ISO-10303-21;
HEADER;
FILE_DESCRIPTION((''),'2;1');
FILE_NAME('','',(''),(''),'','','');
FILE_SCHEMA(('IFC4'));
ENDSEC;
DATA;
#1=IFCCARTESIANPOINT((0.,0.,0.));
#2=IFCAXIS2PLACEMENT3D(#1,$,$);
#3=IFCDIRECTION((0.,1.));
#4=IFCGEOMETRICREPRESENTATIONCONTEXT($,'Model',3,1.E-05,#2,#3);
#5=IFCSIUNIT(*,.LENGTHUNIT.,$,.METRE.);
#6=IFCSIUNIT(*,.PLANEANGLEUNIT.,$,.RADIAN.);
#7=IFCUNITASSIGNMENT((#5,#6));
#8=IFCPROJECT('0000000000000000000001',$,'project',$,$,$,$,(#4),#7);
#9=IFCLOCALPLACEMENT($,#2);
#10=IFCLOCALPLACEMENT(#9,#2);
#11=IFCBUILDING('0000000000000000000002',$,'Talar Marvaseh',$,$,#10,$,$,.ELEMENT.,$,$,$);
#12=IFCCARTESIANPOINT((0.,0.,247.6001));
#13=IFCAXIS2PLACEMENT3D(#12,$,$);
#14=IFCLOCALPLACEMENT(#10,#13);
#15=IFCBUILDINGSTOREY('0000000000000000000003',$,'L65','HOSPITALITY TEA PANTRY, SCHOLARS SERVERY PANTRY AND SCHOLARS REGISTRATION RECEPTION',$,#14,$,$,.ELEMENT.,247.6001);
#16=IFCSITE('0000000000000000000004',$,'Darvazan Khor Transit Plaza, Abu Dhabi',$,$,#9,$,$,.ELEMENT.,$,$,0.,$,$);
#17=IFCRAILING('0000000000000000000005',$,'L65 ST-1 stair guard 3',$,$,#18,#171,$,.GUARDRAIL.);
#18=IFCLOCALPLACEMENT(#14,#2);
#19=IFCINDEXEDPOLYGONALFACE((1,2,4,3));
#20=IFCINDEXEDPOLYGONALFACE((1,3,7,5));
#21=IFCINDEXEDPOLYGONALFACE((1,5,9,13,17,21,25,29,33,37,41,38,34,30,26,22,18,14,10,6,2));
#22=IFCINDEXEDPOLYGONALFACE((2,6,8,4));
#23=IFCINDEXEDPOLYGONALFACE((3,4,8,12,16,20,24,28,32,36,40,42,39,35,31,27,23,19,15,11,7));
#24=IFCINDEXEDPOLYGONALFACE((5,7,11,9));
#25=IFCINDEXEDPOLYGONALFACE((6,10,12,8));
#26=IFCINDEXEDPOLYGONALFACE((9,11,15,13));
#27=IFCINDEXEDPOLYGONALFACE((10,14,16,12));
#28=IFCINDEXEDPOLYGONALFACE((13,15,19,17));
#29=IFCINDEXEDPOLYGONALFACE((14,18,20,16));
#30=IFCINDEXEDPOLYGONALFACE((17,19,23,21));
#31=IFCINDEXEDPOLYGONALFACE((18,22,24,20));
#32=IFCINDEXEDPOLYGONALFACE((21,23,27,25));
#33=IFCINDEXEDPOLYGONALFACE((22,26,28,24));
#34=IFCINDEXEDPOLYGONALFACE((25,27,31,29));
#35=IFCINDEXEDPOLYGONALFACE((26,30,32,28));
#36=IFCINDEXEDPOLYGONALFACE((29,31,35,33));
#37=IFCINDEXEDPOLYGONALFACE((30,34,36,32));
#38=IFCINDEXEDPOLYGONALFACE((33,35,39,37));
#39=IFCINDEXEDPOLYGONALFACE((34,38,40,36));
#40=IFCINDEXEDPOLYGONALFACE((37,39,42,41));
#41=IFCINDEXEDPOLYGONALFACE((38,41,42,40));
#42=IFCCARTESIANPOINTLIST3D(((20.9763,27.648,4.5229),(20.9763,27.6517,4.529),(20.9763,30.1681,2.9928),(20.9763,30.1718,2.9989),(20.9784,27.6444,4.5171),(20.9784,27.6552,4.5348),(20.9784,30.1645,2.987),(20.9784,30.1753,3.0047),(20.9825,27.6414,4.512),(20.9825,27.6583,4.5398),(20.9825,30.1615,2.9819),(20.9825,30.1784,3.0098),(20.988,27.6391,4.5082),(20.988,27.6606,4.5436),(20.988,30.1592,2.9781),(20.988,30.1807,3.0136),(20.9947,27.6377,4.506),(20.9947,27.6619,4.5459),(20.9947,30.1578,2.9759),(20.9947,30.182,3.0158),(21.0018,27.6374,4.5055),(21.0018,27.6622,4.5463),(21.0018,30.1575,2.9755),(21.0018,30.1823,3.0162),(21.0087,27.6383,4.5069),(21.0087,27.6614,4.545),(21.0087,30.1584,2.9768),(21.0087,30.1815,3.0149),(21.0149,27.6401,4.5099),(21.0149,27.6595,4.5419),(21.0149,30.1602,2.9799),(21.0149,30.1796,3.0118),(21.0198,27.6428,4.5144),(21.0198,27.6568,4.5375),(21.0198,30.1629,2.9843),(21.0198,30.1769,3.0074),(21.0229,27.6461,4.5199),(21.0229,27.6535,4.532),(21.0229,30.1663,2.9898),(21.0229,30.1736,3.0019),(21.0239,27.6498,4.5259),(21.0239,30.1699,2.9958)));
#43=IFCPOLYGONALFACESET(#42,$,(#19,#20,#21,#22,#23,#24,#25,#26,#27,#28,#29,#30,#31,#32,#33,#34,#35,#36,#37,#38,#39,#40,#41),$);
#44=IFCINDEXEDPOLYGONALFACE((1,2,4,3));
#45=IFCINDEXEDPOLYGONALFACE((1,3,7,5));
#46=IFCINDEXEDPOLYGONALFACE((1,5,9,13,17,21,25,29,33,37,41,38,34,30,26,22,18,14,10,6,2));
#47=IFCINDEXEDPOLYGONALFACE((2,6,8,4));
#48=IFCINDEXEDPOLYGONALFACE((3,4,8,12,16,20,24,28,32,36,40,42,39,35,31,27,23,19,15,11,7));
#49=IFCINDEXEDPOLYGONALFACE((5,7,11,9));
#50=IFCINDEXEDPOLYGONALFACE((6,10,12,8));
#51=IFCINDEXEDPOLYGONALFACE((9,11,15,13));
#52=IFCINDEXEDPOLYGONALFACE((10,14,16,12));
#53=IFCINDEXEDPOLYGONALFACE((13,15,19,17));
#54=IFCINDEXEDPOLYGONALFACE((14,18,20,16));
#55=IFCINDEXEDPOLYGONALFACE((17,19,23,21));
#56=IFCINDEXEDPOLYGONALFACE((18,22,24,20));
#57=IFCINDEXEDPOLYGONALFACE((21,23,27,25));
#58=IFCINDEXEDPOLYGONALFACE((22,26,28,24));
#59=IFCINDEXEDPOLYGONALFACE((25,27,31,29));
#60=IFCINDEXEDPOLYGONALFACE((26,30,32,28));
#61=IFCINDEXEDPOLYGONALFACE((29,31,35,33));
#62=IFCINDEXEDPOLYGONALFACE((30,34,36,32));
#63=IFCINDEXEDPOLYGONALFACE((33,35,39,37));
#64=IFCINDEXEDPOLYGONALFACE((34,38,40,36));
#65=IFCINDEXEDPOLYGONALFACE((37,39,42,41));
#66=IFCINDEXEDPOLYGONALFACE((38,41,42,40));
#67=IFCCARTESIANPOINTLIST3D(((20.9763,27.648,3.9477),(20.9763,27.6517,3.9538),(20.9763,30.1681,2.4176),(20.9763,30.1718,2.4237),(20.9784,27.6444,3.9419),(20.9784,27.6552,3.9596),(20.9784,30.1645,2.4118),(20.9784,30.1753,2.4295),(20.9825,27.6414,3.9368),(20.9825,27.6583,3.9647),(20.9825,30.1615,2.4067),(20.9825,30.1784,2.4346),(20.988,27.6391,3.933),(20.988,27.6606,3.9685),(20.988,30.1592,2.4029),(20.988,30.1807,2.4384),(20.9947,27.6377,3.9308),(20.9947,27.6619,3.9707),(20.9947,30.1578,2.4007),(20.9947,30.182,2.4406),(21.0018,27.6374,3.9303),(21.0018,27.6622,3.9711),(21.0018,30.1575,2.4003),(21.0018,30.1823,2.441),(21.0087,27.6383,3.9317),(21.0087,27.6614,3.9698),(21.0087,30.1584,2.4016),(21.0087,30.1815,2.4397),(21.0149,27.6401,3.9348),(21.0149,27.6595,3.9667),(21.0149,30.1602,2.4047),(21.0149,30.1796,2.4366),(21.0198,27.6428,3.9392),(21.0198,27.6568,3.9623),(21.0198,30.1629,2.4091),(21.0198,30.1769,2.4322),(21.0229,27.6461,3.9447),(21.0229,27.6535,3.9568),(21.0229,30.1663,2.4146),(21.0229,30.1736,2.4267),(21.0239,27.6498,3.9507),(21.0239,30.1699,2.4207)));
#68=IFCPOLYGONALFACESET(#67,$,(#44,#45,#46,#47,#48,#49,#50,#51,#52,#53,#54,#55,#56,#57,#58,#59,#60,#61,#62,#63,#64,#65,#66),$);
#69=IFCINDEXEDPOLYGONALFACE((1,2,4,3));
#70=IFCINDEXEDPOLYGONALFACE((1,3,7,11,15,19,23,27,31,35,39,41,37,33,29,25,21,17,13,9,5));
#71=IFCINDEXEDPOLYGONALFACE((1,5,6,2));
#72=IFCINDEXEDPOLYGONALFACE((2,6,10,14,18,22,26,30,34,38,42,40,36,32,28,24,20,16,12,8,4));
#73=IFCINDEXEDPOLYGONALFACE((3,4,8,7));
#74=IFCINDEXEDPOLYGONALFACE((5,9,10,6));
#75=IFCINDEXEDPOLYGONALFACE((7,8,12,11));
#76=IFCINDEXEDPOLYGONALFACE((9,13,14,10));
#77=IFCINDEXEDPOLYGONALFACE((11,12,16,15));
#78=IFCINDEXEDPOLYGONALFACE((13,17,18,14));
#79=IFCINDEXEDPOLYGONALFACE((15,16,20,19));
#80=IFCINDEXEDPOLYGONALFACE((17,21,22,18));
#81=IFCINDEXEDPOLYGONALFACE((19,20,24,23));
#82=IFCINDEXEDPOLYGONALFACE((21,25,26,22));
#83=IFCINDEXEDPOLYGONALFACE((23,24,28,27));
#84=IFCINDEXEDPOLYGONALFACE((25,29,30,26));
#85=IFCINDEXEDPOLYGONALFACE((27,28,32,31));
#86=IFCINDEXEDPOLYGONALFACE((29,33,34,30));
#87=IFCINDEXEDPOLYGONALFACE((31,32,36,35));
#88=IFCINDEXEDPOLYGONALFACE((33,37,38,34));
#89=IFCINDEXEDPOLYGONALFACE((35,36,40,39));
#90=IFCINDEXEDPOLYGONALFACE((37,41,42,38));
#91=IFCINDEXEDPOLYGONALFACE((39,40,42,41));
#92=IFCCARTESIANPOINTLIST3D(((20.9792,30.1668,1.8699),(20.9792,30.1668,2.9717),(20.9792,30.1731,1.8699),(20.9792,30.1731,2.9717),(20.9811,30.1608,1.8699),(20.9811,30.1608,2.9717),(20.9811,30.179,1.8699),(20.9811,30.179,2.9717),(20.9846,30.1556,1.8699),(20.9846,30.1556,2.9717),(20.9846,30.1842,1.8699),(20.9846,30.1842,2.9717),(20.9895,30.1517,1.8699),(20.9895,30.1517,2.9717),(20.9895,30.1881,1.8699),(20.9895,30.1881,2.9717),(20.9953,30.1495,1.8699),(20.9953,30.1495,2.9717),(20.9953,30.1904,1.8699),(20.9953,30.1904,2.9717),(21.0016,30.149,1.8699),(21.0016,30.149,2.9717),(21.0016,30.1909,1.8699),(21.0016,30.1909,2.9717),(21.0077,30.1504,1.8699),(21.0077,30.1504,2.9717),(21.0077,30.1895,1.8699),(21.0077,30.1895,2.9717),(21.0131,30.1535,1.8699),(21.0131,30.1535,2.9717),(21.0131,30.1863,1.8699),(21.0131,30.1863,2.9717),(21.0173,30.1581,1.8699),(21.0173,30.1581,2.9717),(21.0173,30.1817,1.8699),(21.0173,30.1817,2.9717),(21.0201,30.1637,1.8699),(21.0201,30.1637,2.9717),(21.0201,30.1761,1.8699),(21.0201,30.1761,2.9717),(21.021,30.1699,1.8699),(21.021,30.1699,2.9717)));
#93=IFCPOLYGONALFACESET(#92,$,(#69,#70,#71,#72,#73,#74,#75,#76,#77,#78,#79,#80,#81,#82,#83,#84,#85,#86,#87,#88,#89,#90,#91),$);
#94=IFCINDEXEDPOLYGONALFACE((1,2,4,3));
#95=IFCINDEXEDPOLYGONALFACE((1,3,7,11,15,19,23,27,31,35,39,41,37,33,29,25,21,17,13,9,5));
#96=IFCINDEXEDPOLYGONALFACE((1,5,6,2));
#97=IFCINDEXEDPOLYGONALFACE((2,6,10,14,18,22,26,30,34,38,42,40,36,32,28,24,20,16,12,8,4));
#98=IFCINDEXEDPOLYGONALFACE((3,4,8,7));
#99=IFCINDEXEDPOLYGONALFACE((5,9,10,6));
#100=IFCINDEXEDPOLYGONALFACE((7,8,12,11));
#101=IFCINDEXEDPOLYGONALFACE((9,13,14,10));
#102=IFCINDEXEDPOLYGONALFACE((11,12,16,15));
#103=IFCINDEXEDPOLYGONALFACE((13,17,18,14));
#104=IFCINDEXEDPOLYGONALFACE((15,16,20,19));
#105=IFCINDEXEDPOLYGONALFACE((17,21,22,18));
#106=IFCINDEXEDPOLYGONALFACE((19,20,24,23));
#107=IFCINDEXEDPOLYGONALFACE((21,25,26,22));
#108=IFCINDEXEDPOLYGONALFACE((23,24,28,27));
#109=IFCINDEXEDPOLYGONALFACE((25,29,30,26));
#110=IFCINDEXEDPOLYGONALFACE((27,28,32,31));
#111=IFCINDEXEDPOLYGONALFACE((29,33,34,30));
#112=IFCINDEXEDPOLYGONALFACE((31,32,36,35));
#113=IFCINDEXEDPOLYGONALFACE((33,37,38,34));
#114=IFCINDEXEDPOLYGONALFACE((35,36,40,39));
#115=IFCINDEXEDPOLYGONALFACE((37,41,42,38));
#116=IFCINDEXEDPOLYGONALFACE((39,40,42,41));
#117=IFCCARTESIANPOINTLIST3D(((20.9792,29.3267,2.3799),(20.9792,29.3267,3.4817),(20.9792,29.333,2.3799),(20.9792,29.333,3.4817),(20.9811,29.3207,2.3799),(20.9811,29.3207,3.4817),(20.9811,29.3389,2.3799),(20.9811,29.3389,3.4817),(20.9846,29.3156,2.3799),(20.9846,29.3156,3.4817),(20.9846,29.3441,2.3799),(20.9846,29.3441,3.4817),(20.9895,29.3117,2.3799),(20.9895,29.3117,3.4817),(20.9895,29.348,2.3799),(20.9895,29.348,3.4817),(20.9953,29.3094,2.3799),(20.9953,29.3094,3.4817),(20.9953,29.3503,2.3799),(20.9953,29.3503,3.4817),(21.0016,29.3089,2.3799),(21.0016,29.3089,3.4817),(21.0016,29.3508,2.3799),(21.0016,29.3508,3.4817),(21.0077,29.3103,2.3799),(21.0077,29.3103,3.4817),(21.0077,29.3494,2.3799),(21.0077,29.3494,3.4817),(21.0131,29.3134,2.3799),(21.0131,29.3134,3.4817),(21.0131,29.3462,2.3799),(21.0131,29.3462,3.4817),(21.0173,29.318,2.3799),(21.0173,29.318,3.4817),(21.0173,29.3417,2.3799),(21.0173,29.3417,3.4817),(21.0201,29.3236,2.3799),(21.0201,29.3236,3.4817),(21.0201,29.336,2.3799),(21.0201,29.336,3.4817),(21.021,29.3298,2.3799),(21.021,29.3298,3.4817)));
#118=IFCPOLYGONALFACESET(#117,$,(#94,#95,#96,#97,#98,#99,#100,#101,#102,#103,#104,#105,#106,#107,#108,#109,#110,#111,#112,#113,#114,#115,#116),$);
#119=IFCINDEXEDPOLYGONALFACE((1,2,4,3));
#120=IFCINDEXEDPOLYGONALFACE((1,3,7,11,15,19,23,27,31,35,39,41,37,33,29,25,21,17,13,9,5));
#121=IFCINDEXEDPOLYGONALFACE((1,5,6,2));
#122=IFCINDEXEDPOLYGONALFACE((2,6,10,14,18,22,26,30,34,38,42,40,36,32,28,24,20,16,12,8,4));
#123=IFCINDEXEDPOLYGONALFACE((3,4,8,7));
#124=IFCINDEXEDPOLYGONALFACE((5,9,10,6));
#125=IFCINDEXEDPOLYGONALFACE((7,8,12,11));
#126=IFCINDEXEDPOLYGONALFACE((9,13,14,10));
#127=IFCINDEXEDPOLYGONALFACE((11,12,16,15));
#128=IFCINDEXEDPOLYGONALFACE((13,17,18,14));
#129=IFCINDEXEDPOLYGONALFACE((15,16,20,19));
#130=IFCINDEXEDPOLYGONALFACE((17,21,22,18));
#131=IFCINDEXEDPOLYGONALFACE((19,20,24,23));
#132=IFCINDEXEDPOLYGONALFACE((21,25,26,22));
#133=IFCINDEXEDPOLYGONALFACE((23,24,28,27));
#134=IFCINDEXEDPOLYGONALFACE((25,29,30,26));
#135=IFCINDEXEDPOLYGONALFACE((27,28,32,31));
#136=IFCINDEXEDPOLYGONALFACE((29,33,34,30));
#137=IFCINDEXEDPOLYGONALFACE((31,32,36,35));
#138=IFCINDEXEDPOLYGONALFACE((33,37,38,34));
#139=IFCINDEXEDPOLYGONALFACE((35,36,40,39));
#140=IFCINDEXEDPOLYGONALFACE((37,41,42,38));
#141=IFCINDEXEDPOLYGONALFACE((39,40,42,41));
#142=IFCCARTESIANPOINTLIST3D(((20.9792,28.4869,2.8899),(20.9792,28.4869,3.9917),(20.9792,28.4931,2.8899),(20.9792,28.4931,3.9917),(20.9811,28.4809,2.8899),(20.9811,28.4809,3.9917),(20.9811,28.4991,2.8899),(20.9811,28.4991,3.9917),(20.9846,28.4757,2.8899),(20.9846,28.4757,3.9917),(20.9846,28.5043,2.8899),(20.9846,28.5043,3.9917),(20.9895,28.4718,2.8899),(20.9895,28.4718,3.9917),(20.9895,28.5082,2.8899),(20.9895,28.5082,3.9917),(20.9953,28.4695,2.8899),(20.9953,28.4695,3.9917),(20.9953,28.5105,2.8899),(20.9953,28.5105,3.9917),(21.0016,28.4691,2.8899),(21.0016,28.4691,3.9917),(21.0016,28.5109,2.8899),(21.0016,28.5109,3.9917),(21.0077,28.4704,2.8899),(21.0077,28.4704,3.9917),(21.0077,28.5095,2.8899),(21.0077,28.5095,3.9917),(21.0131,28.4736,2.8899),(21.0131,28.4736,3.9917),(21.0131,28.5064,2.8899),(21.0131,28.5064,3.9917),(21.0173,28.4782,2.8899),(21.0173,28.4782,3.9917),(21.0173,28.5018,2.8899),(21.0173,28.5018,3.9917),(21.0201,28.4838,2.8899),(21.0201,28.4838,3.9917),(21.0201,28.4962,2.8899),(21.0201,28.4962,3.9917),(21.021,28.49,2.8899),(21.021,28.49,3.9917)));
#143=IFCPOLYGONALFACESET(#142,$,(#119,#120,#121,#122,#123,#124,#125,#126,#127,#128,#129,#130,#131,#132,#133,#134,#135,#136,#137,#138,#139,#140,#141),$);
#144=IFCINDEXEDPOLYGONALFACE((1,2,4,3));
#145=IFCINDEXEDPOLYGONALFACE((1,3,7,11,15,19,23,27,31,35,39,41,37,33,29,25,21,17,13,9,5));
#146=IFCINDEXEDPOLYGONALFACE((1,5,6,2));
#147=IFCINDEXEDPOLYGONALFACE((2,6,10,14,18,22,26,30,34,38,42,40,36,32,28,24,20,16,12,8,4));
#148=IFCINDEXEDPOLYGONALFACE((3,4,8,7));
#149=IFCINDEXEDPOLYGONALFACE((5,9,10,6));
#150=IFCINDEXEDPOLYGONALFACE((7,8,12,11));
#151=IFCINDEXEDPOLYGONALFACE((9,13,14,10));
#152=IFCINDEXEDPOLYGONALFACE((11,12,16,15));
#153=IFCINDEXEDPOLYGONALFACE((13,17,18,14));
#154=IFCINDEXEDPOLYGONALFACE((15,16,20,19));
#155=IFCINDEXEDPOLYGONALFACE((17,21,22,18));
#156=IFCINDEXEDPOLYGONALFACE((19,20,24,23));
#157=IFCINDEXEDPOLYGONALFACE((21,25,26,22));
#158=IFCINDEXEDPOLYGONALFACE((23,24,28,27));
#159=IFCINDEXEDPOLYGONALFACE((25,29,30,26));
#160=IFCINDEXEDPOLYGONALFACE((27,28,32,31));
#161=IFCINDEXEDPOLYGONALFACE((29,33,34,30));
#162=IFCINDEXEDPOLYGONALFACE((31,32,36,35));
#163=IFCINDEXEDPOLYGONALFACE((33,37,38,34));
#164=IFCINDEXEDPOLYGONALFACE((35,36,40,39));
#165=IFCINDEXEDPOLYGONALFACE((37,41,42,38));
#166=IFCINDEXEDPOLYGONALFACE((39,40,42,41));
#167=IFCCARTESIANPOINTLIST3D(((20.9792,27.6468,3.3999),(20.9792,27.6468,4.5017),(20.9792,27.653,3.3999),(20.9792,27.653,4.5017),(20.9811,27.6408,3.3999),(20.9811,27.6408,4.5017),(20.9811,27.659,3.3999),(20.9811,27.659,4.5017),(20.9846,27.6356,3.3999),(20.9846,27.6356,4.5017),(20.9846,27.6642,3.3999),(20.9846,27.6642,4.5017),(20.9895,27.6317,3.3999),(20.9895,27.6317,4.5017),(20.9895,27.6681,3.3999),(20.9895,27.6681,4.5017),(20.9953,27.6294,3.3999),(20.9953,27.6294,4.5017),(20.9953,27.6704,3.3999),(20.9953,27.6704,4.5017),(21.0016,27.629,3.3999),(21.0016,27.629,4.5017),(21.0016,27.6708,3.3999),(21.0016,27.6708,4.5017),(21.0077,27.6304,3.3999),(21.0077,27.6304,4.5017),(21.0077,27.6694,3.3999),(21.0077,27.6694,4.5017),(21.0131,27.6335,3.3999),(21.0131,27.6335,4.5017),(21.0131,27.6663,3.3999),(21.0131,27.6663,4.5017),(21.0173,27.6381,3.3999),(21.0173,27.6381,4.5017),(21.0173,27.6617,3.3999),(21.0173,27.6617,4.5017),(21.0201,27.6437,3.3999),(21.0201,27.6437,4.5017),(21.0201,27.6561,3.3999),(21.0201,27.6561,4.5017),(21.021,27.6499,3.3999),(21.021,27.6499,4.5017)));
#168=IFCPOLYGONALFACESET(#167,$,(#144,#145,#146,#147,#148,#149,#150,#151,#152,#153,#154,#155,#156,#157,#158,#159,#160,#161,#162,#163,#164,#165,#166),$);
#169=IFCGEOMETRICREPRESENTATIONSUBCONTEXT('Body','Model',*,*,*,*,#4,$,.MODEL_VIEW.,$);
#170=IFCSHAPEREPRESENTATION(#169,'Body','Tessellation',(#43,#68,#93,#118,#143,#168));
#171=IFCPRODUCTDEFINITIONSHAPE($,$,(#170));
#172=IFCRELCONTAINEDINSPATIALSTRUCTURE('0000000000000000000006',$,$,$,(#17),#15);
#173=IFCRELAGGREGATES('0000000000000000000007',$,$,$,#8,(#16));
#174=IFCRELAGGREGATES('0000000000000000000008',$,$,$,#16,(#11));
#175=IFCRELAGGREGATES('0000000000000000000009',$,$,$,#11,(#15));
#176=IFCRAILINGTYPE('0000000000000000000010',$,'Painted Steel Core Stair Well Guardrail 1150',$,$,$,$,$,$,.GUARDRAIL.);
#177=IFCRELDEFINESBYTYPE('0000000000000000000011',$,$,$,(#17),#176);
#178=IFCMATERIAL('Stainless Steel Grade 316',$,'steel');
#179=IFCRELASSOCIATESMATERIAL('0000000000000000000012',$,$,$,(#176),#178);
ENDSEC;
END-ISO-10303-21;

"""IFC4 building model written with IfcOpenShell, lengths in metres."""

from ifc_helpers import new_model, si_unit, direction, frame, origin, origin_2d, place, context, subcontext, project, spatial, circle, extrude, material, type_object, element, save


model = new_model("IFC4")

# Units and contexts
model_context = context("Model", 3, precision=1e-05, world=origin(), true_north=direction((0.0, 1.0)))
body_context = subcontext(model_context, "Body", "Model", "MODEL_VIEW")
ifc_project = project(units=[si_unit("LENGTHUNIT", "METRE"), si_unit("PLANEANGLEUNIT", "RADIAN")], contexts=[model_context])

# Site, building, storey
site_placement = place(None, origin())
site = spatial("IfcSite", under=ifc_project, at=site_placement, Name="Darvazan Khor Transit Plaza, Abu Dhabi", CompositionType="ELEMENT", RefElevation=0.0)
building_placement = place(site_placement, origin())
building = spatial("IfcBuilding", under=site, at=building_placement, Name="Talar Marvaseh", CompositionType="ELEMENT")
storey_placement = place(building_placement, frame((0.0, 0.0, 247.6001)))
storey = spatial("IfcBuildingStorey", under=building, at=storey_placement, Name="L65", Description="HOSPITALITY TEA PANTRY, SCHOLARS SERVERY PANTRY AND SCHOLARS REGISTRATION RECEPTION", CompositionType="ELEMENT", Elevation=247.6001)

# Railing
ifc_material_1 = material(Name="Stainless Steel Grade 316", Category="steel")
railing_type_1 = type_object("IfcRailingType", Name="Painted Steel Core Stair Well Guardrail 1150", PredefinedType="GUARDRAIL", material=ifc_material_1)
railing_1_placement = place(storey_placement, frame((21.0, 30.1699, 1.8699)))
element("IfcRailing", 1, at=railing_1_placement, inside=storey, type_object=railing_type_1, Name="L65 ST-1 stair guard 3", PredefinedType="GUARDRAIL", context=body_context, shape_type="SweptSolid", body=[
    extrude(circle(Radius=0.0239, at=origin_2d()), frame((0.0, 0.0, 1.126), z_axis=(0.0, -0.854785, 0.518982), x_axis=(1.0, 0.0, 0.0)), (0.0, 0.0, 1.0), 2.9482),
    extrude(circle(Radius=0.0239, at=origin_2d()), frame((0.0, 0.0, 0.5508), z_axis=(0.0, -0.854785, 0.518982), x_axis=(1.0, 0.0, 0.0)), (0.0, 0.0, 1.0), 2.9482),
    extrude(circle(Radius=0.021, at=origin_2d()), origin(), (0.0, 0.0, 1.0), 1.1018),
    extrude(circle(Radius=0.021, at=origin_2d()), frame((0.0, -0.8401, 0.51)), (0.0, 0.0, 1.0), 1.1018),
    extrude(circle(Radius=0.021, at=origin_2d()), frame((0.0, -1.6799, 1.02)), (0.0, 0.0, 1.0), 1.1018),
    extrude(circle(Radius=0.021, at=origin_2d()), frame((0.0, -2.52, 1.53)), (0.0, 0.0, 1.0), 1.1018),
])

save(model, "model.ifc")
